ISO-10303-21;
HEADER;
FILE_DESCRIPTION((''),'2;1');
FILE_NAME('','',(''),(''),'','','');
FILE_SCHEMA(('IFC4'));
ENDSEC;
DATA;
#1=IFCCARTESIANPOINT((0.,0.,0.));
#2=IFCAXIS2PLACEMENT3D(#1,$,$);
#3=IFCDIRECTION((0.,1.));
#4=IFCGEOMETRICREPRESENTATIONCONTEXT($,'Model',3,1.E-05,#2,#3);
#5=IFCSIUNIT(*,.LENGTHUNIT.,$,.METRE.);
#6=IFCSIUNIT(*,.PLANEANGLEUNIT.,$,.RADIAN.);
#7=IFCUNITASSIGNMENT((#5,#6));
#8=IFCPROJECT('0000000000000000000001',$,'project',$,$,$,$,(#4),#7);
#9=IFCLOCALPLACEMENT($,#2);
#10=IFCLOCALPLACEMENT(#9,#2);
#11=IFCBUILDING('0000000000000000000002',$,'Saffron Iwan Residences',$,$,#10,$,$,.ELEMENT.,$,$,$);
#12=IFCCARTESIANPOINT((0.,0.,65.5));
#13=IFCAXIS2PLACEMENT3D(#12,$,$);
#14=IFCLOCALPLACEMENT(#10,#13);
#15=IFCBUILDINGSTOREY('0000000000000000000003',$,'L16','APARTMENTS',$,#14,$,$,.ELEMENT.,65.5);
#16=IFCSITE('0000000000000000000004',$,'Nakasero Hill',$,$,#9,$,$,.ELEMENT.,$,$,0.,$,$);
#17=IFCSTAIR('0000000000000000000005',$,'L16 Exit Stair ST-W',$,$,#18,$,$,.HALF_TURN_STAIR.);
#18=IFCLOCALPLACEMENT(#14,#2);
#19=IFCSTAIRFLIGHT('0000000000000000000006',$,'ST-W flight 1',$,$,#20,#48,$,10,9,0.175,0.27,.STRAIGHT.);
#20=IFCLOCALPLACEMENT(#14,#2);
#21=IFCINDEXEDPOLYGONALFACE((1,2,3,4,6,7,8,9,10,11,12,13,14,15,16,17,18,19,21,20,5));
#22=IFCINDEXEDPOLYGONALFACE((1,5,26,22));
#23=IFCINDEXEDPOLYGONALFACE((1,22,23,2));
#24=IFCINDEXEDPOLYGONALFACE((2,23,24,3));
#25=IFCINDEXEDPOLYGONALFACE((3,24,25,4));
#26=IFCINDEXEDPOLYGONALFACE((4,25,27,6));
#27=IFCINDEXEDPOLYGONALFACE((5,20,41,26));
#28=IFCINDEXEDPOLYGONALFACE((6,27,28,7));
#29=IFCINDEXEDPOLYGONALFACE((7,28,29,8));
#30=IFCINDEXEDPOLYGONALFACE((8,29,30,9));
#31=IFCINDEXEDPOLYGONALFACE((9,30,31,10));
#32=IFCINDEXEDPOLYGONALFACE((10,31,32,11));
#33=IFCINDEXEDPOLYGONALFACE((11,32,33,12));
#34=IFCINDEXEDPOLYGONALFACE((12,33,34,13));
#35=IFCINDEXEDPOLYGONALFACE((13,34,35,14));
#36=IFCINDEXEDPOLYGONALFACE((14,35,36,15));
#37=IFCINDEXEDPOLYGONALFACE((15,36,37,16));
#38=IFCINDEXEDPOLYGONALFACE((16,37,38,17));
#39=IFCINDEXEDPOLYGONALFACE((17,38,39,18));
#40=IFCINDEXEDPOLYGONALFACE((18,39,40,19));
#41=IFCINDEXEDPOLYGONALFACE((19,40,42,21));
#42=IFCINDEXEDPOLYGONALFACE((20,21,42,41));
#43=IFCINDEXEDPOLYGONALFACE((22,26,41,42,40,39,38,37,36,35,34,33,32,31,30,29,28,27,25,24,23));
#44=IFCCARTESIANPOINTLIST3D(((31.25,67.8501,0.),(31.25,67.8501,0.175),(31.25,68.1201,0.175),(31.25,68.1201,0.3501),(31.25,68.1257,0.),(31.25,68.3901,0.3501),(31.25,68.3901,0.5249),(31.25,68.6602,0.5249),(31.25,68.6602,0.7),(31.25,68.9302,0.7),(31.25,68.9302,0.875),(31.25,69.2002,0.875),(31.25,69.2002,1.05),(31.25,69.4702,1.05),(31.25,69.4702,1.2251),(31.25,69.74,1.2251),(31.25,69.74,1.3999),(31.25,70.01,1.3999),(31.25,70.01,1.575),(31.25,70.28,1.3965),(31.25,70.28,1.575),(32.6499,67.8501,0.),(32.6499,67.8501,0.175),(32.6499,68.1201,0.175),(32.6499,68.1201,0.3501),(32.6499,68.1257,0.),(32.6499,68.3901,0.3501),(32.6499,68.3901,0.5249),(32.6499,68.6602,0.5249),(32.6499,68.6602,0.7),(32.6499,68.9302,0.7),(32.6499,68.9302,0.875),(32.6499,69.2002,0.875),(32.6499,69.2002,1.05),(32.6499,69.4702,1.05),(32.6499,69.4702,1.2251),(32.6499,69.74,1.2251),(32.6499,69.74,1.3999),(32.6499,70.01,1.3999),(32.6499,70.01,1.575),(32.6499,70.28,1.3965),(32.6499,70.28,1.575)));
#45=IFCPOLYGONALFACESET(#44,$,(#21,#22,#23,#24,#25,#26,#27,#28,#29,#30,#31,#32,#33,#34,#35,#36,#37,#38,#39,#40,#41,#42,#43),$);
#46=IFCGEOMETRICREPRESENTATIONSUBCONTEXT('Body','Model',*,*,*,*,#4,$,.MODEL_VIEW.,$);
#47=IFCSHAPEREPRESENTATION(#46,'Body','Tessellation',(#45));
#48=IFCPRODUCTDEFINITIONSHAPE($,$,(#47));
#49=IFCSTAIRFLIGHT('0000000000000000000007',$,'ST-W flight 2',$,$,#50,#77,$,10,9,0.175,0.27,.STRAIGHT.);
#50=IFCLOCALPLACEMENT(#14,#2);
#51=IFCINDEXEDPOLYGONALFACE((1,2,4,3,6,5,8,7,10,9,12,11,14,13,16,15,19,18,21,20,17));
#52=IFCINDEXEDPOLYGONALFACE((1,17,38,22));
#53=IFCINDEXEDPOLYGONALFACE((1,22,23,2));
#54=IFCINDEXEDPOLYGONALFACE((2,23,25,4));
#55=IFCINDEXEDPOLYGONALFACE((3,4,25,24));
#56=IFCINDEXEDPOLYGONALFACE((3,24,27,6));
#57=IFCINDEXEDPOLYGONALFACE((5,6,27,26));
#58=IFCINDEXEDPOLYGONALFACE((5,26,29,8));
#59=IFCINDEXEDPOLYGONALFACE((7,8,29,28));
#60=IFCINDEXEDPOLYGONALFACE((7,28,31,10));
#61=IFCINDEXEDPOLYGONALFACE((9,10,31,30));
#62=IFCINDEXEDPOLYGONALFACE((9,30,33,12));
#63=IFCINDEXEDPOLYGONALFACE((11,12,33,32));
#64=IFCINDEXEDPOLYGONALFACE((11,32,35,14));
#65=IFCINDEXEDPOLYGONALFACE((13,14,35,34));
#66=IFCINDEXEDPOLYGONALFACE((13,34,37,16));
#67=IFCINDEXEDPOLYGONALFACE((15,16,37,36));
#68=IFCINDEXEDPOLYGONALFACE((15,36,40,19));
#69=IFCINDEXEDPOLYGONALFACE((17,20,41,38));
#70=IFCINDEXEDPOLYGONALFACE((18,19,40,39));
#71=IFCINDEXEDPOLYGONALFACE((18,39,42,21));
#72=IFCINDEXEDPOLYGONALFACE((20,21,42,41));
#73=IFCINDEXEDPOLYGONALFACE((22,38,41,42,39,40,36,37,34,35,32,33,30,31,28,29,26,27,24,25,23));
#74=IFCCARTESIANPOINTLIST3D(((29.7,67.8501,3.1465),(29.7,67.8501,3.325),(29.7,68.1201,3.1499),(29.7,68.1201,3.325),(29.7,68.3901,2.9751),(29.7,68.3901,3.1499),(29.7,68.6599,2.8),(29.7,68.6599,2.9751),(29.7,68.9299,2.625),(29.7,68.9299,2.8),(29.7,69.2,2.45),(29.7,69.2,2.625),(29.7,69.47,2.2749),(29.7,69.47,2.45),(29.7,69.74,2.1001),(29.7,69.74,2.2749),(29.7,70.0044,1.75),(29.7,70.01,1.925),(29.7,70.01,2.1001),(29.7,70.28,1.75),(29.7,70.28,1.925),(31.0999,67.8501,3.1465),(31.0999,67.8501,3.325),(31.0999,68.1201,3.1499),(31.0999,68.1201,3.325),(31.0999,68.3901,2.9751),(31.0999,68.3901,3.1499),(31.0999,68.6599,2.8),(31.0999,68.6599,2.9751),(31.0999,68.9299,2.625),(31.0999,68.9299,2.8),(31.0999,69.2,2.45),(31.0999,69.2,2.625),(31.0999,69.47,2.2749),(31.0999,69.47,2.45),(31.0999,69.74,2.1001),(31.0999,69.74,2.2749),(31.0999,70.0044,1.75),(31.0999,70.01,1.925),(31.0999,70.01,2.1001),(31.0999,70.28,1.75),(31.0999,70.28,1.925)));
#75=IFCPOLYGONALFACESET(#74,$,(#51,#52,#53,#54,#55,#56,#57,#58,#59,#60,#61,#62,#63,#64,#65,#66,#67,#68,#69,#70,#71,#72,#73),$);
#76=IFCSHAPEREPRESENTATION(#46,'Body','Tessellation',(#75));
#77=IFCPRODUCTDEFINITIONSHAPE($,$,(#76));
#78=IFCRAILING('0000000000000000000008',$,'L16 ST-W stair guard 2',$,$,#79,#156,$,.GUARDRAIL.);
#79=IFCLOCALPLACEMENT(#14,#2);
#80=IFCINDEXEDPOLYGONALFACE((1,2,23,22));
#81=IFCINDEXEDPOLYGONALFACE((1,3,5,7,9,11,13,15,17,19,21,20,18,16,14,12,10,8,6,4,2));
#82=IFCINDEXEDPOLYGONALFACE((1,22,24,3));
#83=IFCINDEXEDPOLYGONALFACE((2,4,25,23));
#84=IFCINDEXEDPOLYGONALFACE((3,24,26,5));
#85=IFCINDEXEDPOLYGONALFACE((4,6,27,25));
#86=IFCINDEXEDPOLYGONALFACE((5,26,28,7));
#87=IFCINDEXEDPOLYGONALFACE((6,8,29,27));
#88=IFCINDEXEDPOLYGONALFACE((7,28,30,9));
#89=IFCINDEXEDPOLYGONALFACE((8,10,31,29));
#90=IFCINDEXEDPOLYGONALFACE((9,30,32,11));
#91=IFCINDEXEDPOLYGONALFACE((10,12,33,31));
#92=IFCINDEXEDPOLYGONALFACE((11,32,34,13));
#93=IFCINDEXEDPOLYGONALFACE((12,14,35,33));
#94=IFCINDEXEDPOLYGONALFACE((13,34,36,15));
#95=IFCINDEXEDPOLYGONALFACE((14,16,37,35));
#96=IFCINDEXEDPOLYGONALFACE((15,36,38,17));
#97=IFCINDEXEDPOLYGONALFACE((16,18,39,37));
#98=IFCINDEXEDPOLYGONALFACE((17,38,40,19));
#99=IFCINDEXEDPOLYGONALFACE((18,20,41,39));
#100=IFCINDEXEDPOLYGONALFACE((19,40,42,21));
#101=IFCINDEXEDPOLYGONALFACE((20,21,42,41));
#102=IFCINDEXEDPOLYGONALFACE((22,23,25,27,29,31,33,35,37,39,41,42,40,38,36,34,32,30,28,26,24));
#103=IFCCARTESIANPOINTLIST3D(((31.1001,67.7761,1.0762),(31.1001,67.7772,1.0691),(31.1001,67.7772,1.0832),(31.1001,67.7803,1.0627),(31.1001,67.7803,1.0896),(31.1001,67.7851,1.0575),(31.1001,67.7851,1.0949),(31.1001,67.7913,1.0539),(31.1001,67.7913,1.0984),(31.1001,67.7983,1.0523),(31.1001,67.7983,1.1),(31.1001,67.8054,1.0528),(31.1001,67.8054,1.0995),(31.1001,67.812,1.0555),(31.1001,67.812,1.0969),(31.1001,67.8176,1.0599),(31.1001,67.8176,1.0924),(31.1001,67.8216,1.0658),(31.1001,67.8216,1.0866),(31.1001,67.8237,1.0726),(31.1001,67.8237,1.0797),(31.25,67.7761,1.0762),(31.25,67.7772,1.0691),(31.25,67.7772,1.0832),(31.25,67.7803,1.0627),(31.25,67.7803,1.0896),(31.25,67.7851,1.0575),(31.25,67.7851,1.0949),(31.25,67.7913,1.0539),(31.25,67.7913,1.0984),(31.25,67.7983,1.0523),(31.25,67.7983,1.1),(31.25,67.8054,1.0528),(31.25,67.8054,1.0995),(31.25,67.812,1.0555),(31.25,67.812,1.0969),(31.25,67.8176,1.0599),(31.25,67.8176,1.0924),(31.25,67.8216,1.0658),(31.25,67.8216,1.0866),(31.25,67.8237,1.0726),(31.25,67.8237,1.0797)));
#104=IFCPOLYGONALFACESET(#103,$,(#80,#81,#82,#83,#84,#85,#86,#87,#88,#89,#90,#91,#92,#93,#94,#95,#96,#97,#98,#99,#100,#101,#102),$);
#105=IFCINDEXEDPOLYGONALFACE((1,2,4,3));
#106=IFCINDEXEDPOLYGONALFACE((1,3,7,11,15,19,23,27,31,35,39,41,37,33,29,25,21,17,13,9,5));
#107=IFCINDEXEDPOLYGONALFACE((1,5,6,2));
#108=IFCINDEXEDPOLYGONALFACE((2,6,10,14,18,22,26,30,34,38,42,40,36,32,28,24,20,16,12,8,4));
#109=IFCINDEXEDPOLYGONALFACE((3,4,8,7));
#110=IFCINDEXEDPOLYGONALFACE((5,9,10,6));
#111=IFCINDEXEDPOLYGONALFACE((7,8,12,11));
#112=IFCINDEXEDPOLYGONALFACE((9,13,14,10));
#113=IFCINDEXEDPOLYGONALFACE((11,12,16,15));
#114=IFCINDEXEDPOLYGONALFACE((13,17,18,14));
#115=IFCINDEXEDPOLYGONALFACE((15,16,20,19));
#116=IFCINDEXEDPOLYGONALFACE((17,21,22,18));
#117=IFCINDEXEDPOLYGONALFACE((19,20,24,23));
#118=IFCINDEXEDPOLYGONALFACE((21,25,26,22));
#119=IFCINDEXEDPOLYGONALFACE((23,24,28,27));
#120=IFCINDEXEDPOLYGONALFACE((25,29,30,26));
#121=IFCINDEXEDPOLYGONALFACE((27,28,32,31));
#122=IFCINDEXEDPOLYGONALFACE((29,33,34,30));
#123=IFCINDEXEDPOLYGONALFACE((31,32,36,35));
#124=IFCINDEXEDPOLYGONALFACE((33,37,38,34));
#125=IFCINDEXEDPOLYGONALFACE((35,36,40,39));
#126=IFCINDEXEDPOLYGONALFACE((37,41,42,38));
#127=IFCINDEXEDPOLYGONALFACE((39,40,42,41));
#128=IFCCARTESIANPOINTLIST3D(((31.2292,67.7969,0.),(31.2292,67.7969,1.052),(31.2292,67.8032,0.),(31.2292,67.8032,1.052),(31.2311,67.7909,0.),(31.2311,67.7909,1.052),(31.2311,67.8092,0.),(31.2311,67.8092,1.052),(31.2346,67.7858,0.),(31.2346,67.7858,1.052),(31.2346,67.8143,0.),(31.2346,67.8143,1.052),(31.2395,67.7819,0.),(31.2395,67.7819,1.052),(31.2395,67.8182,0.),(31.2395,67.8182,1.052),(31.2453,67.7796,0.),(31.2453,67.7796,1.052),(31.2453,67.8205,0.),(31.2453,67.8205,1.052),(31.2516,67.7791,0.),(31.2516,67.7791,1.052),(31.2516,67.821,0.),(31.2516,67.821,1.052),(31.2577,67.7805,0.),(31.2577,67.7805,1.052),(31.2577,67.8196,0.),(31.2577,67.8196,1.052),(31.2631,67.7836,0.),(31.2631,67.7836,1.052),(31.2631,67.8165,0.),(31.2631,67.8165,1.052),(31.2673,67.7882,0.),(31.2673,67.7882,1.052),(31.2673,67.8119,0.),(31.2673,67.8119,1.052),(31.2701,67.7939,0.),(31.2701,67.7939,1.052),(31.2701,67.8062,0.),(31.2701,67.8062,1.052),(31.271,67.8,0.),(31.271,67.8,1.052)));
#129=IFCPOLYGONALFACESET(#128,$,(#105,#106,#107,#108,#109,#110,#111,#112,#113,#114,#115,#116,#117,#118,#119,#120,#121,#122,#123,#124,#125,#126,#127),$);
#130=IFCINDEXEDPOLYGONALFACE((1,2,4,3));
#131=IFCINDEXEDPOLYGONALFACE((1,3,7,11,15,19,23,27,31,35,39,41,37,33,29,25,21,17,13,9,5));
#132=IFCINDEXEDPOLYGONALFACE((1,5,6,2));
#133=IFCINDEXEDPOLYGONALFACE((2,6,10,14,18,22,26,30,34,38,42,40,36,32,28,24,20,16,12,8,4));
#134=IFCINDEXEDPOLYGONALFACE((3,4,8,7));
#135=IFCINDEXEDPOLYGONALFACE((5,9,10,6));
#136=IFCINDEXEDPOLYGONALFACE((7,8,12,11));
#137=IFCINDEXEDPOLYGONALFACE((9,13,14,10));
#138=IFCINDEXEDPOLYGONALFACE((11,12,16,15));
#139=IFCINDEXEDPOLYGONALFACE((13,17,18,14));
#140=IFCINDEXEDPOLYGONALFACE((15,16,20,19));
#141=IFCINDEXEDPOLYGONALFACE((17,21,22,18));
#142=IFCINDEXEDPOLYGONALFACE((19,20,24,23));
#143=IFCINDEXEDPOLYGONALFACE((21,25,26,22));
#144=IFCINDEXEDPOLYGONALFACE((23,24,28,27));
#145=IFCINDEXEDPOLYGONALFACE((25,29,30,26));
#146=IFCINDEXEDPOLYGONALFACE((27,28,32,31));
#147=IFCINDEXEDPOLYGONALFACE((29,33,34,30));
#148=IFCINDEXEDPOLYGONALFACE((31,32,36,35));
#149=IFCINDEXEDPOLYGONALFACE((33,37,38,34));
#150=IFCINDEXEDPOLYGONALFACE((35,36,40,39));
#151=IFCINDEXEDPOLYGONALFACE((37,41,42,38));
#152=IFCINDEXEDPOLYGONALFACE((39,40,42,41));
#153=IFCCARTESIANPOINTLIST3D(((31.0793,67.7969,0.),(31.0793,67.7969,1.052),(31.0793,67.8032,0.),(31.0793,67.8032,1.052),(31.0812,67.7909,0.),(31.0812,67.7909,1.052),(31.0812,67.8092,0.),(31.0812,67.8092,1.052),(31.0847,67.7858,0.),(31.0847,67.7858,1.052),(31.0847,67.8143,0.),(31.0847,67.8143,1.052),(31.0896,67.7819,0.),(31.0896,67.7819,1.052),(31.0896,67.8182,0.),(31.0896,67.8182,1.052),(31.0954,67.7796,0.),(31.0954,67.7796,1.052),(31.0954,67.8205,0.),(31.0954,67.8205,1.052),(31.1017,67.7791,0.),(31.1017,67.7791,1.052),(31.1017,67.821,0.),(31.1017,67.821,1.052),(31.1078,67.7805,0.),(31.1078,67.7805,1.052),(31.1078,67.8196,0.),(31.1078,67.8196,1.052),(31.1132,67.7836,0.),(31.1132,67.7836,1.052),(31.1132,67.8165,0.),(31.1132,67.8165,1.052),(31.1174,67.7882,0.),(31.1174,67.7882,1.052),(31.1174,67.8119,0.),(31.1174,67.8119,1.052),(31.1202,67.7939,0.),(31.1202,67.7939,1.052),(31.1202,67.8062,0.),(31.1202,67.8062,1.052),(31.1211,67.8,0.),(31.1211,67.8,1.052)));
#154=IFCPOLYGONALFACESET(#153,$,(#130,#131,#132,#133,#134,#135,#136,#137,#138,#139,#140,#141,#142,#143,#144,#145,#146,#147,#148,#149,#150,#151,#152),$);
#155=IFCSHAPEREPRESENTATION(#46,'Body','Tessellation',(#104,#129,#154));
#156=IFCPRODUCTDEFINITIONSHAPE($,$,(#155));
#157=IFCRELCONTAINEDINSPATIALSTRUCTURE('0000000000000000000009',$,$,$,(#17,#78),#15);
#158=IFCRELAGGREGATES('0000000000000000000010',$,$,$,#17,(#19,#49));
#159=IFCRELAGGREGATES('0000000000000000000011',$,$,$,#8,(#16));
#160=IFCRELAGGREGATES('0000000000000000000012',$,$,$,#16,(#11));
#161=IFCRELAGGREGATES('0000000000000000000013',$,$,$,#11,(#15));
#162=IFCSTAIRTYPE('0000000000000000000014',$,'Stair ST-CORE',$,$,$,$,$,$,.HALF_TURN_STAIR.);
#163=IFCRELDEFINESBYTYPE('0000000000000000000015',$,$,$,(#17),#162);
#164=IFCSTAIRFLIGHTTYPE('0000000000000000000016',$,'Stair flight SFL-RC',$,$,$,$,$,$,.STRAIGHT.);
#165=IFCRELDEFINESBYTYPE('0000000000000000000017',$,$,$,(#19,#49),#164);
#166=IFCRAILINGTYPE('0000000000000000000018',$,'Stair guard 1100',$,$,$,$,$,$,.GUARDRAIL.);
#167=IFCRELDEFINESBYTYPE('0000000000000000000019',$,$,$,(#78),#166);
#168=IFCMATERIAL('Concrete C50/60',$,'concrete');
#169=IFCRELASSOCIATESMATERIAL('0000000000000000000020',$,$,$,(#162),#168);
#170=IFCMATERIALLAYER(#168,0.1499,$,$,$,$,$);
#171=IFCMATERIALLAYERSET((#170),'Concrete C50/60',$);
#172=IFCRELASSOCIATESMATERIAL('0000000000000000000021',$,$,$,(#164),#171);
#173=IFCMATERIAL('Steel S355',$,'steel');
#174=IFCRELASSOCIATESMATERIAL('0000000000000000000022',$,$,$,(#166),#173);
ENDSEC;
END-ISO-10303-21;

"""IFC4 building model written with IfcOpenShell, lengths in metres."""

from ifc_helpers import new_model, si_unit, direction, frame, origin, origin_2d, place, context, subcontext, project, spatial, polyline, circle, outline, extrude, material, layer, layer_set, type_object, element, aggregate, save


model = new_model("IFC4")

# Units and contexts
model_context = context("Model", 3, precision=1e-05, world=origin(), true_north=direction((0.0, 1.0)))
body_context = subcontext(model_context, "Body", "Model", "MODEL_VIEW")
ifc_project = project(units=[si_unit("LENGTHUNIT", "METRE"), si_unit("PLANEANGLEUNIT", "RADIAN")], contexts=[model_context])

# Site, building, storey
site_placement = place(None, origin())
site = spatial("IfcSite", under=ifc_project, at=site_placement, Name="Nakasero Hill", CompositionType="ELEMENT", RefElevation=0.0)
building_placement = place(site_placement, origin())
building = spatial("IfcBuilding", under=site, at=building_placement, Name="Saffron Iwan Residences", CompositionType="ELEMENT")
storey_placement = place(building_placement, frame((0.0, 0.0, 65.5)))
storey = spatial("IfcBuildingStorey", under=building, at=storey_placement, Name="L16", Description="APARTMENTS", CompositionType="ELEMENT", Elevation=65.5)

# Stair, stair flights
ifc_material_1 = material(Name="Concrete C50/60", Category="concrete")
stair_type = type_object("IfcStairType", Name="Stair ST-CORE", PredefinedType="HALF_TURN_STAIR", material=ifc_material_1)
stair_placement = place(storey_placement, origin())
stair = element("IfcStair", 1, at=stair_placement, inside=storey, type_object=stair_type, Name="L16 Exit Stair ST-W", PredefinedType="HALF_TURN_STAIR")
ifc_layer_1 = layer(ifc_material_1, 0.1499)
ifc_layer_set_1 = layer_set([ifc_layer_1], Name="Concrete C50/60")
stair_flight_type = type_object("IfcStairFlightType", Name="Stair flight SFL-RC", PredefinedType="STRAIGHT", material=ifc_layer_set_1)
stair_flight_1_placement = place(storey_placement, frame((31.95, 67.8501, 0.0), z_axis=(0.0, 0.0, 1.0), x_axis=(0.0, 1.0, 0.0)))
stair_flight_1 = element("IfcStairFlight", 2, at=stair_flight_1_placement, type_object=stair_flight_type, Name="ST-W flight 1", NumberOfRisers=10, NumberOfTreads=9, PredefinedType="STRAIGHT", RiserHeight=0.175, TreadLength=0.27, context=body_context, shape_type="SweptSolid", body=[
    extrude(outline(polyline([(0.0, 0.0), (0.0, 0.175), (0.27, 0.175), (0.27, 0.3501), (0.54, 0.3501), (0.54, 0.5249), (0.8101, 0.5249), (0.8101, 0.7), (1.0801, 0.7), (1.0801, 0.875), (1.3501, 0.875), (1.3501, 1.05), (1.6201, 1.05), (1.6201, 1.2251), (1.8899, 1.2251), (1.8899, 1.3999), (2.1599, 1.3999), (2.1599, 1.575), (2.4299, 1.575), (2.4299, 1.75), (2.4299, 1.3965), (0.2756, 0.0), (0.0, 0.0)])), frame((0.0, 0.7, 0.0), z_axis=(0.0, -1.0, 0.0), x_axis=(1.0, 0.0, 0.0)), (0.0, 0.0, 1.0), 1.3999),
])
stair_flight_2_placement = place(storey_placement, frame((30.3999, 70.28, 1.75), z_axis=(0.0, 0.0, 1.0), x_axis=(0.0, -1.0, 0.0)))
stair_flight_2 = element("IfcStairFlight", 3, at=stair_flight_2_placement, type_object=stair_flight_type, Name="ST-W flight 2", NumberOfRisers=10, NumberOfTreads=9, PredefinedType="STRAIGHT", RiserHeight=0.175, TreadLength=0.27, context=body_context, shape_type="SweptSolid", body=[
    extrude(outline(polyline([(0.0, 0.0), (0.0, 0.175), (0.27, 0.175), (0.27, 0.3501), (0.54, 0.3501), (0.54, 0.5249), (0.8101, 0.5249), (0.8101, 0.7), (1.0801, 0.7), (1.0801, 0.875), (1.3501, 0.875), (1.3501, 1.05), (1.6201, 1.05), (1.6201, 1.2251), (1.8899, 1.2251), (1.8899, 1.3999), (2.1599, 1.3999), (2.1599, 1.575), (2.4299, 1.575), (2.4299, 1.75), (2.4299, 1.3965), (0.2756, 0.0), (0.0, 0.0)])), frame((0.0, 0.7, 0.0), z_axis=(0.0, -1.0, 0.0), x_axis=(1.0, 0.0, 0.0)), (0.0, 0.0, 1.0), 1.3999),
])
aggregate(stair, [stair_flight_1, stair_flight_2])

# Railing
ifc_material_2 = material(Name="Steel S355", Category="steel")
railing_type_1 = type_object("IfcRailingType", Name="Stair guard 1100", PredefinedType="GUARDRAIL", material=ifc_material_2)
railing_1_placement = place(storey_placement, frame((31.25, 67.8, 0.0)))
element("IfcRailing", 4, at=railing_1_placement, inside=storey, type_object=railing_type_1, Name="L16 ST-W stair guard 2", PredefinedType="GUARDRAIL", context=body_context, shape_type="SweptSolid", body=[
    extrude(circle(Radius=0.0239, at=origin_2d()), frame((0.0, 0.0, 1.0762), z_axis=(-1.0, 0.0, 0.0), x_axis=(0.0, -1.0, 0.0)), (0.0, 0.0, 1.0), 0.1499),
    extrude(circle(Radius=0.021, at=origin_2d()), origin(), (0.0, 0.0, 1.0), 1.052),
    extrude(circle(Radius=0.021, at=origin_2d()), frame((-0.1499, 0.0, 0.0)), (0.0, 0.0, 1.0), 1.052),
])

save(model, "model.ifc")
